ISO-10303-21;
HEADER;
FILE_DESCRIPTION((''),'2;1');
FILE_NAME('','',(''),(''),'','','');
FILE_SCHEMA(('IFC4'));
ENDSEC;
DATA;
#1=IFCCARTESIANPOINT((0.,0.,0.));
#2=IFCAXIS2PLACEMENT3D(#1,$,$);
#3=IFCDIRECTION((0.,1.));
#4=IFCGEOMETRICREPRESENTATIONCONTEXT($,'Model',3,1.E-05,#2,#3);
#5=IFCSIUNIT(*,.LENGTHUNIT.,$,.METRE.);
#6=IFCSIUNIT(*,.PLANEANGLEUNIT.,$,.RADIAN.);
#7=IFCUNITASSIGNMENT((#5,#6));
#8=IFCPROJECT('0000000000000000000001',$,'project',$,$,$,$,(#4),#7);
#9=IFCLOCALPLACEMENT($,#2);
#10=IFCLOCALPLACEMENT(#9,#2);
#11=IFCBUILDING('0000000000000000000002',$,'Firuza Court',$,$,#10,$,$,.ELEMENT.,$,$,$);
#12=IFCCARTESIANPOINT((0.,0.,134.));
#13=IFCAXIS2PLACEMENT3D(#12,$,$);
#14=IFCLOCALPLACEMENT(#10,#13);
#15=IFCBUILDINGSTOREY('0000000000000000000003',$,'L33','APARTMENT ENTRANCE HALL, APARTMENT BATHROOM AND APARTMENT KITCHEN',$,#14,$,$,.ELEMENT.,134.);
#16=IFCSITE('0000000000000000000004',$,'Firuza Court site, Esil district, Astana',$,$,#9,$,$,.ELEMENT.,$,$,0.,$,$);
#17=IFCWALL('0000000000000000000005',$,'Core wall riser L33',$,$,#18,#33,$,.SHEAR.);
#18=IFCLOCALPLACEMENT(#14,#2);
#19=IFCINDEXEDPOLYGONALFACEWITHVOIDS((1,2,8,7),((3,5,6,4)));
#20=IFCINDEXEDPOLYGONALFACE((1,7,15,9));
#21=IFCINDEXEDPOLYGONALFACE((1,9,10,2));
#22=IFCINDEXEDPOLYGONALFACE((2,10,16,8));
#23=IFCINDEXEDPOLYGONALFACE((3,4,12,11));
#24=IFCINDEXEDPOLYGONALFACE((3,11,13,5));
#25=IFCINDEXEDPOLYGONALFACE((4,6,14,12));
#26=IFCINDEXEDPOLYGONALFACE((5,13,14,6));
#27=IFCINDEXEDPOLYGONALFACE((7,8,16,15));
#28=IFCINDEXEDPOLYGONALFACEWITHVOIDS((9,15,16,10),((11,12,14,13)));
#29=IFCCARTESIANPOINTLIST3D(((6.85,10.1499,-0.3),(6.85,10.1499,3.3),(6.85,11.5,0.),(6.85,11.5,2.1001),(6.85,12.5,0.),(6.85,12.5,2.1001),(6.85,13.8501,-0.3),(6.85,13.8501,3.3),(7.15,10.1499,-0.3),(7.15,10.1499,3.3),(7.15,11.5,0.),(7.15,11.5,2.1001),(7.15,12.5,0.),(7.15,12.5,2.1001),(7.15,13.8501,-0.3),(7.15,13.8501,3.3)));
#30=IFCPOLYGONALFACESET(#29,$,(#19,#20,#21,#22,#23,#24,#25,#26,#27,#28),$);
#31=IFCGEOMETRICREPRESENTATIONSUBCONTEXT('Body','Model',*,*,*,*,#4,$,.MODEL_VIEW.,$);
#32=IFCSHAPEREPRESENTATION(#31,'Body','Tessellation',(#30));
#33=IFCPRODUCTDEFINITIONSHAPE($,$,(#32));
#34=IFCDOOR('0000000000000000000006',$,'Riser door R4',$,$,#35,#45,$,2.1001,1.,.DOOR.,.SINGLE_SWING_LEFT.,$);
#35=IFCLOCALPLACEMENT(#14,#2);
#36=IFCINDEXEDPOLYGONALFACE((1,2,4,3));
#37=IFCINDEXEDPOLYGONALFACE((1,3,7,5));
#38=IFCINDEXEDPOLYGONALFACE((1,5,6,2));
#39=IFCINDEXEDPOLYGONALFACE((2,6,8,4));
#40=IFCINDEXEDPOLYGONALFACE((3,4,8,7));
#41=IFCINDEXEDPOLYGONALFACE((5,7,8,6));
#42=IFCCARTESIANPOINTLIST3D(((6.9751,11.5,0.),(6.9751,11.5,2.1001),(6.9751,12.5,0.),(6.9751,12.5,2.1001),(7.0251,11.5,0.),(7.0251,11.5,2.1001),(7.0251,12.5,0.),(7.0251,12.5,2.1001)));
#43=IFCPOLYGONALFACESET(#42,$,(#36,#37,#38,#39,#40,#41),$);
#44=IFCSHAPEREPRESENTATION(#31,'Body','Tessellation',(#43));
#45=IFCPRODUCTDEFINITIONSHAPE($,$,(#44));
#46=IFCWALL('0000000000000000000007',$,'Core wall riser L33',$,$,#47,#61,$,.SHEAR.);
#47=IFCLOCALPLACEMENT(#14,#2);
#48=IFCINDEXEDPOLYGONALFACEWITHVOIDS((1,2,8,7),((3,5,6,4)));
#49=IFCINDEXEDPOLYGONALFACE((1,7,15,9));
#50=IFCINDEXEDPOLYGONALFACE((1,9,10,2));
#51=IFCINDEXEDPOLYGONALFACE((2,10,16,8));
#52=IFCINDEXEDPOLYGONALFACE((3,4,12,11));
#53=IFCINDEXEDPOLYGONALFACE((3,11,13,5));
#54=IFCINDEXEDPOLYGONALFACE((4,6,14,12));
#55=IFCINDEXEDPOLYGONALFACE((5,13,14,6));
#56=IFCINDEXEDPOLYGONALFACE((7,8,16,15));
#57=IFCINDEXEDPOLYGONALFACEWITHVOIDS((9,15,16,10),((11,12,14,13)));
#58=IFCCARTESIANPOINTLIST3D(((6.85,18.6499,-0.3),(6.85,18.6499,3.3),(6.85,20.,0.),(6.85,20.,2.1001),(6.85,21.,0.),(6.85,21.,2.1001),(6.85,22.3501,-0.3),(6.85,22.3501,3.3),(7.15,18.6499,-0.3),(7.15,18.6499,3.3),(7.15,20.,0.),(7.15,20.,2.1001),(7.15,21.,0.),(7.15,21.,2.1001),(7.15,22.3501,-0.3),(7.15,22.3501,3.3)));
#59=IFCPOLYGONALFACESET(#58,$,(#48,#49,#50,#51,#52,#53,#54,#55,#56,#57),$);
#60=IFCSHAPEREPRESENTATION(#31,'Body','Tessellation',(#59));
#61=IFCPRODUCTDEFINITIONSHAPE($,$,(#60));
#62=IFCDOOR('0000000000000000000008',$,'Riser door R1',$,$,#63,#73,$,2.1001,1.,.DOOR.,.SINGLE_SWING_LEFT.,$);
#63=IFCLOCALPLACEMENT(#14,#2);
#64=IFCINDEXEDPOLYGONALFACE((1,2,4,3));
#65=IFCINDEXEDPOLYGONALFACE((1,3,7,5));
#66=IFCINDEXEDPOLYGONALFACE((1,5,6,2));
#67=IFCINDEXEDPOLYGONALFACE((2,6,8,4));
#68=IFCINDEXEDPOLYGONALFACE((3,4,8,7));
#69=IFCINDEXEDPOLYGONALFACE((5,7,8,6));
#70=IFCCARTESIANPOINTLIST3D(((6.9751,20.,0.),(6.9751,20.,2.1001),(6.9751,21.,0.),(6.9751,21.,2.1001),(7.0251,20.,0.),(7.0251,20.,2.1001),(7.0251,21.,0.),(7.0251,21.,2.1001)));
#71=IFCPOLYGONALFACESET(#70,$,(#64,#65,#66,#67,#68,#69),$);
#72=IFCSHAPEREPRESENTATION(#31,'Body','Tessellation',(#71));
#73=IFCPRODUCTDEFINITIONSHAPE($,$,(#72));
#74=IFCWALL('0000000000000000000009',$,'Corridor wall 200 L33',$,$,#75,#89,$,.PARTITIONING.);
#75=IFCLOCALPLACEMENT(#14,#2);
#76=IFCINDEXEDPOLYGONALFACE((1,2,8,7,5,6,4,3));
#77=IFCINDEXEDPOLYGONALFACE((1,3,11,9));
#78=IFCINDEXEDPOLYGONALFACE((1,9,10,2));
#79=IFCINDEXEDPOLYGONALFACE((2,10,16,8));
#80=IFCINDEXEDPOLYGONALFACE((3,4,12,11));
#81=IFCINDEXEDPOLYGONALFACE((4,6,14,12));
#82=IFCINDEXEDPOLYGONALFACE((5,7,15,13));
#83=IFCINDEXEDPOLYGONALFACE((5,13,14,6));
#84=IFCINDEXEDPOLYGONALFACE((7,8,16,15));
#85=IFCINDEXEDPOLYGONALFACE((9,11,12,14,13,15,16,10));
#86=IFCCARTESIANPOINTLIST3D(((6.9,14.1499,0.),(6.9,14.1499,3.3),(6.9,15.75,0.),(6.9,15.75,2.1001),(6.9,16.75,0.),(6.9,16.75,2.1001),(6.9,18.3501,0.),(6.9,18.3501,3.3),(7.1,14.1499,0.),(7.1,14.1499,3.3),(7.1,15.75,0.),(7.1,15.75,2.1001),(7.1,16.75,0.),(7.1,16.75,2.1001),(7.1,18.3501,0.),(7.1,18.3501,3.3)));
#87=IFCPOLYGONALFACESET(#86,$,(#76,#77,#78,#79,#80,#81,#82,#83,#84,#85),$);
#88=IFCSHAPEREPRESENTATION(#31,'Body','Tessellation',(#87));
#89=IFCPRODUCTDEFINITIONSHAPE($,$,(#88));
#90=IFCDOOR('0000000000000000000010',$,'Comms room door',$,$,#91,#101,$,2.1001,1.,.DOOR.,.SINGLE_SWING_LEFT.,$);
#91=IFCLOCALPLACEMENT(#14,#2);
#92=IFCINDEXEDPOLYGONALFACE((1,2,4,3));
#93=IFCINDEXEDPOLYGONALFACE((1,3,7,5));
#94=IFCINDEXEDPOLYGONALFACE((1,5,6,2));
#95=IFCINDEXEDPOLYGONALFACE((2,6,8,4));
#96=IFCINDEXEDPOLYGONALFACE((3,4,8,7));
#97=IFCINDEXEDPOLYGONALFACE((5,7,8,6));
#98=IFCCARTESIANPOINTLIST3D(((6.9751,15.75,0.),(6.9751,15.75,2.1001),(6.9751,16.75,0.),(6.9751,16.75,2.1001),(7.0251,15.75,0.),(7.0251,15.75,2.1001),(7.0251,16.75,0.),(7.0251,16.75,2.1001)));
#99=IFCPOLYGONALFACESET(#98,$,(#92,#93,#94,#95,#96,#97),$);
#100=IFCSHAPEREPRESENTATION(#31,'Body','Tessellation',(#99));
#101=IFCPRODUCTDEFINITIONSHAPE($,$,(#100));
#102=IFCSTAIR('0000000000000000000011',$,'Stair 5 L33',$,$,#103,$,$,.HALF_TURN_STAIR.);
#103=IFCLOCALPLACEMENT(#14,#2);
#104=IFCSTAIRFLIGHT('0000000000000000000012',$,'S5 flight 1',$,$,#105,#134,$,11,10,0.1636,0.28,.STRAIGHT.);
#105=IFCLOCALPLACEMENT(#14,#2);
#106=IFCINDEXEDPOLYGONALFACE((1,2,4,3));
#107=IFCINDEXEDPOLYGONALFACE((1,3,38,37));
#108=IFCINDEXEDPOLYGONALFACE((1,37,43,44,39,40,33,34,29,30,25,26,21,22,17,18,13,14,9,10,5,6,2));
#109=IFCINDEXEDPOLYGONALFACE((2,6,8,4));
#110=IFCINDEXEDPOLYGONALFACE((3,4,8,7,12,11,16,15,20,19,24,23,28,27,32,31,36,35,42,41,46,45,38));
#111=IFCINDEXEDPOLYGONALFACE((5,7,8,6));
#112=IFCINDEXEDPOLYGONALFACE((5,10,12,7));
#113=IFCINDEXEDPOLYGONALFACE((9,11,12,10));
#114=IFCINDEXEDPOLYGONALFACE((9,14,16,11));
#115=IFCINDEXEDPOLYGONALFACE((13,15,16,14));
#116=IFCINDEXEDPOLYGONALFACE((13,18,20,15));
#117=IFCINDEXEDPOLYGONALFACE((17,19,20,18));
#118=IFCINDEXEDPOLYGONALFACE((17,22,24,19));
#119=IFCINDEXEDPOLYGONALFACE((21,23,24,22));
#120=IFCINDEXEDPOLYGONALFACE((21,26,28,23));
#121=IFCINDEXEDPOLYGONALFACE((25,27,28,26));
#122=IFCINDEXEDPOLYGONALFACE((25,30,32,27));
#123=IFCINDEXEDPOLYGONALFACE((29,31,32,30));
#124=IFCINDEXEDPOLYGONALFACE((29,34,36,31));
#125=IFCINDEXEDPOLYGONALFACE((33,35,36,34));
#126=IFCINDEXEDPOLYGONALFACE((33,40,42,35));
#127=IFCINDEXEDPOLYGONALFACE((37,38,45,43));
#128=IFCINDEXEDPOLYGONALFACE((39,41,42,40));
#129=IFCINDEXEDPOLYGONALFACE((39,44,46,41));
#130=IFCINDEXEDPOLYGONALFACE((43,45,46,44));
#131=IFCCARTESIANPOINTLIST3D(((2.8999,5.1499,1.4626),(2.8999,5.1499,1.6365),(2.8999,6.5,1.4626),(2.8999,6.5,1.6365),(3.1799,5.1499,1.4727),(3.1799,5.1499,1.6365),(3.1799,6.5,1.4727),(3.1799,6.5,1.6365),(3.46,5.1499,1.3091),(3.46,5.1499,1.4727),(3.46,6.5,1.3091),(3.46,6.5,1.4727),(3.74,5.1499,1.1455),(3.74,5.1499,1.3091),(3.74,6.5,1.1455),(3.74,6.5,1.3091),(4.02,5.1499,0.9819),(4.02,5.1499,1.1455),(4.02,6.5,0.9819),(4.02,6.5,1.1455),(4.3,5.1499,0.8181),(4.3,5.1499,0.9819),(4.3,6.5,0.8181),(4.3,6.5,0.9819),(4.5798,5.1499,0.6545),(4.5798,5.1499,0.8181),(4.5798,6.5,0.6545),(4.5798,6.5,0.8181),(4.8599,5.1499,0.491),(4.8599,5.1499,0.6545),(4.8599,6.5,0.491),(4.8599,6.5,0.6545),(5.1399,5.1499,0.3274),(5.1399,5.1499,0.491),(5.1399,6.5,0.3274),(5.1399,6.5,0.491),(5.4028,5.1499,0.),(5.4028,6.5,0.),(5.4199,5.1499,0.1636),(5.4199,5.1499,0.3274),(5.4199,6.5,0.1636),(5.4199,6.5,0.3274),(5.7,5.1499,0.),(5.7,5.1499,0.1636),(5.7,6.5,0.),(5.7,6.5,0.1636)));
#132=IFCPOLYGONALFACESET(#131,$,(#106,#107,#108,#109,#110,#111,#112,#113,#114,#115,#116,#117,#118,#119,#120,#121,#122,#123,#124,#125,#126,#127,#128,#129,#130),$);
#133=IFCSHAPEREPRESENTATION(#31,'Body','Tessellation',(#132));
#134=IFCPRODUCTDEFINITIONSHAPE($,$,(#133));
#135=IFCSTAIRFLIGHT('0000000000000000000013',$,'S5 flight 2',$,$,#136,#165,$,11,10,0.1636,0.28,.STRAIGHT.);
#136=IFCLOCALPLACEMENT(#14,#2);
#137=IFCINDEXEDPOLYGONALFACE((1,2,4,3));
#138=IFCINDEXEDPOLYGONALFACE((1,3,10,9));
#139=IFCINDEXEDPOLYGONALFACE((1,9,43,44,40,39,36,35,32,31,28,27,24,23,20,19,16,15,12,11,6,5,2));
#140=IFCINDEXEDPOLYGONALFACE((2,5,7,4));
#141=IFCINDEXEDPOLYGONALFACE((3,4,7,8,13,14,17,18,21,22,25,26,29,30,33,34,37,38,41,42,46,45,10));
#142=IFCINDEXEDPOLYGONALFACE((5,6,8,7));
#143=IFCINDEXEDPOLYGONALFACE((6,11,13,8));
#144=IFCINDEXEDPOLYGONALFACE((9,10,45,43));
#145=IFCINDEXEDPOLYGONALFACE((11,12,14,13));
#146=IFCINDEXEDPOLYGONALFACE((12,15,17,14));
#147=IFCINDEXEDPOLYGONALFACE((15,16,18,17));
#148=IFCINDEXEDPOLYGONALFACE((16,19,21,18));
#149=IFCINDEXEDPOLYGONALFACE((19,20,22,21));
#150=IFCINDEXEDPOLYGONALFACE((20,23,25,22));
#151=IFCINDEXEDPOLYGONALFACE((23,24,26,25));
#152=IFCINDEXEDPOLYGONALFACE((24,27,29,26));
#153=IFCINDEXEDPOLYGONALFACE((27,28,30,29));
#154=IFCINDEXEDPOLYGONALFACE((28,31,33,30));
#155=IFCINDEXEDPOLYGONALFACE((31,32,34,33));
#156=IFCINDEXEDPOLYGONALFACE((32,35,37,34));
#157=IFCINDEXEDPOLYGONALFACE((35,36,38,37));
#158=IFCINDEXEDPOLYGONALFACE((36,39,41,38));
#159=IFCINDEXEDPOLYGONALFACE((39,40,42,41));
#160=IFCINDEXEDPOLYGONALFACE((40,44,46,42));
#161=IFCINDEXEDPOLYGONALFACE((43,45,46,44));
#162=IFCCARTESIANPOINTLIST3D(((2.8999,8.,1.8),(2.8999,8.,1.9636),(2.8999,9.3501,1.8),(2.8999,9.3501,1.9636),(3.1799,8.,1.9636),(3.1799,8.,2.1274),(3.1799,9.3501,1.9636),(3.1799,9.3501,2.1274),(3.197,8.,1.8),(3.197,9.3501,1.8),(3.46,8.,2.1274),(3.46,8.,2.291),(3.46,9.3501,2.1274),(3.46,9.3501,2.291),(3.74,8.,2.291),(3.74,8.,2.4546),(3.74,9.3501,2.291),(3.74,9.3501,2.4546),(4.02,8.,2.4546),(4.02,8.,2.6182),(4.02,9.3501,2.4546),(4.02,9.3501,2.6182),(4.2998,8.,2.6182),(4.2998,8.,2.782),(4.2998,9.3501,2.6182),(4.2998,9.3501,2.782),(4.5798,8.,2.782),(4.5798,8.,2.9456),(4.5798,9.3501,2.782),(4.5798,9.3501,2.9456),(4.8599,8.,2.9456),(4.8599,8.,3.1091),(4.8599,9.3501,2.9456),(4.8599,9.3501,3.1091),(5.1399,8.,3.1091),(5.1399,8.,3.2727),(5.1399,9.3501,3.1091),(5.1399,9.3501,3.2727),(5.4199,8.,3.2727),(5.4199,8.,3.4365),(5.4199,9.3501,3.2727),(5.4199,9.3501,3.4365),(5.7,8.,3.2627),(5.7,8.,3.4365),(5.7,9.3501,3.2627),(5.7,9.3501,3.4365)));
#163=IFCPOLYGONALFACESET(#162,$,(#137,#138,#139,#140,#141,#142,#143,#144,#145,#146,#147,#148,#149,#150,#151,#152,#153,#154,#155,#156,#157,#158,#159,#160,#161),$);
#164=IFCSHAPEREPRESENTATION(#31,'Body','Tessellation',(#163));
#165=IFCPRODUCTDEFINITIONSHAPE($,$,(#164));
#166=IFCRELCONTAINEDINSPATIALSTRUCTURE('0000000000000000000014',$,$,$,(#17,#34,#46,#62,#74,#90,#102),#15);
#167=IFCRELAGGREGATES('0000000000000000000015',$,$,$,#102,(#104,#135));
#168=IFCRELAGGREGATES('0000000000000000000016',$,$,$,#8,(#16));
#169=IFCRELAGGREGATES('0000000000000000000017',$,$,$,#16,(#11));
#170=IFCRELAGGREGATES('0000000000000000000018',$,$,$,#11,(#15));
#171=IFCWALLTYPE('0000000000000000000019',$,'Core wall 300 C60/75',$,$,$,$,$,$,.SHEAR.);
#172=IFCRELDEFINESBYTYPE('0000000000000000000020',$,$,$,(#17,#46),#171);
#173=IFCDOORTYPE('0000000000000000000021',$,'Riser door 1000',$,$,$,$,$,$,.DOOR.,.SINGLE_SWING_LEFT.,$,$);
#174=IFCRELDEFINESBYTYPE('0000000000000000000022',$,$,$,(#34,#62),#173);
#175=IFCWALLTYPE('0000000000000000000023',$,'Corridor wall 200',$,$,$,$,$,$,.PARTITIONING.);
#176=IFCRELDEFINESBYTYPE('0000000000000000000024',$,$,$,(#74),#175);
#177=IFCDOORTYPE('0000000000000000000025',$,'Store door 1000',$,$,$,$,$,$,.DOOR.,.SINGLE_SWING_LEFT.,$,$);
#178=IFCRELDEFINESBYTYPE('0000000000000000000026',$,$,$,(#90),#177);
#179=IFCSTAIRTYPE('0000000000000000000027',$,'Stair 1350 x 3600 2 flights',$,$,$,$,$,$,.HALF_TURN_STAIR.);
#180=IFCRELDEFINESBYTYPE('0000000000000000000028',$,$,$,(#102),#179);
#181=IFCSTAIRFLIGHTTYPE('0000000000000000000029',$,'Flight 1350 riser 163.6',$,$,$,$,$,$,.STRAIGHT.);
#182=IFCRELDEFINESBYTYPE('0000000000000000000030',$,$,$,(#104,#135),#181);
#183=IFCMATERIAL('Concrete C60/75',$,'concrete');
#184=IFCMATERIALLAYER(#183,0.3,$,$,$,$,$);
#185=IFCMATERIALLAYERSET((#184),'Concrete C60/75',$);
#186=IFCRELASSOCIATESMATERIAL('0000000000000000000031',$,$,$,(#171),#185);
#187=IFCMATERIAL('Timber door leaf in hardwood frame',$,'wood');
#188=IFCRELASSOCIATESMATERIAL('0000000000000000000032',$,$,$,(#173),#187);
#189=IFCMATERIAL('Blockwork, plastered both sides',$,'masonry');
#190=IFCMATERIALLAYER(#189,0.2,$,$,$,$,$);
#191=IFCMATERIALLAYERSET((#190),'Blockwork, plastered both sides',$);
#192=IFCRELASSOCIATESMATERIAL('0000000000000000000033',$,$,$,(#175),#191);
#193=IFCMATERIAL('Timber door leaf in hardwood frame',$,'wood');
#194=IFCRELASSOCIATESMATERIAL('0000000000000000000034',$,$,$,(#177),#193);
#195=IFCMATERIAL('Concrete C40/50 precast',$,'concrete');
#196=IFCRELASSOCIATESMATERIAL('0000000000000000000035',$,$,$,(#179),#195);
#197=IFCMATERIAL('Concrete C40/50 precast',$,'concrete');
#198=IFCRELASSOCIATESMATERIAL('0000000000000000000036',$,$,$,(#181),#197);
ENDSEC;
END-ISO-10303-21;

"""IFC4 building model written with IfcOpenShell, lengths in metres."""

from ifc_helpers import new_model, si_unit, direction, frame, frame_2d, origin, place, context, subcontext, project, spatial, polyline, rectangle, outline, extrude, material, layer, layer_set, type_object, element, fill, aggregate, save


model = new_model("IFC4")

# Units and contexts
model_context = context("Model", 3, precision=1e-05, world=origin(), true_north=direction((0.0, 1.0)))
body_context = subcontext(model_context, "Body", "Model", "MODEL_VIEW")
ifc_project = project(units=[si_unit("LENGTHUNIT", "METRE"), si_unit("PLANEANGLEUNIT", "RADIAN")], contexts=[model_context])

# Site, building, storey
site_placement = place(None, origin())
site = spatial("IfcSite", under=ifc_project, at=site_placement, Name="Firuza Court site, Esil district, Astana", CompositionType="ELEMENT", RefElevation=0.0)
building_placement = place(site_placement, origin())
building = spatial("IfcBuilding", under=site, at=building_placement, Name="Firuza Court", CompositionType="ELEMENT")
storey_placement = place(building_placement, frame((0.0, 0.0, 134.0)))
storey = spatial("IfcBuildingStorey", under=building, at=storey_placement, Name="L33", Description="APARTMENT ENTRANCE HALL, APARTMENT BATHROOM AND APARTMENT KITCHEN", CompositionType="ELEMENT", Elevation=134.0)

# Shared definitions
ifc_material_1 = material(Name="Concrete C60/75", Category="concrete")
ifc_layer_1 = layer(ifc_material_1, 0.3)
ifc_layer_set_1 = layer_set([ifc_layer_1], Name="Concrete C60/75")
wall_type_1 = type_object("IfcWallType", Name="Core wall 300 C60/75", PredefinedType="SHEAR", material=ifc_layer_set_1)

# Walls, openings, doors
wall_1_placement = place(storey_placement, frame((7.0, 10.1499, -0.3), z_axis=(0.0, 0.0, 1.0), x_axis=(0.0, 1.0, 0.0)))
wall_1 = element("IfcWall", 1, at=wall_1_placement, inside=storey, type_object=wall_type_1, Name="Core wall riser L33", PredefinedType="SHEAR", context=body_context, shape_type="SweptSolid", body=[
    extrude(rectangle(XDim=3.7002, YDim=0.3, at=frame_2d((1.8501, 0.0))), origin(), (0.0, 0.0, 1.0), 3.6001),
])
opening_1_placement = place(wall_1_placement, frame((1.3501, 0.0, 0.3)))
opening_1 = element("IfcOpeningElement", 2, at=opening_1_placement, cuts=wall_1, PredefinedType="OPENING", context=body_context, shape_type="SweptSolid", body=[
    extrude(rectangle(XDim=1.0, YDim=2.1001, at=frame_2d((0.5, 1.05))), frame((0.0, 0.1621, 0.0), z_axis=(0.0, -1.0, 0.0), x_axis=(1.0, 0.0, 0.0)), (0.0, 0.0, 1.0), 0.324),
])
ifc_material_2 = material(Name="Timber door leaf in hardwood frame", Category="wood")
door_type_1 = type_object("IfcDoorType", Name="Riser door 1000", OperationType="SINGLE_SWING_LEFT", PredefinedType="DOOR", material=ifc_material_2)
door_1_placement = place(opening_1_placement, origin())
door_1 = element("IfcDoor", 3, at=door_1_placement, inside=storey, type_object=door_type_1, Name="Riser door R4", OperationType="SINGLE_SWING_LEFT", OverallHeight=2.1001, OverallWidth=1.0, PredefinedType="DOOR", context=body_context, shape_type="SweptSolid", body=[
    extrude(rectangle(XDim=1.0, YDim=2.1001, at=frame_2d((0.5, 1.05))), frame((0.0, 0.0249, 0.0), z_axis=(0.0, -1.0, 0.0), x_axis=(1.0, 0.0, 0.0)), (0.0, 0.0, 1.0), 0.05),
])
fill(opening_1, door_1)
wall_2_placement = place(storey_placement, frame((7.0, 18.6499, -0.3), z_axis=(0.0, 0.0, 1.0), x_axis=(0.0, 1.0, 0.0)))
wall_2 = element("IfcWall", 4, at=wall_2_placement, inside=storey, type_object=wall_type_1, Name="Core wall riser L33", PredefinedType="SHEAR", context=body_context, shape_type="SweptSolid", body=[
    extrude(rectangle(XDim=3.7002, YDim=0.3, at=frame_2d((1.8501, 0.0))), origin(), (0.0, 0.0, 1.0), 3.6001),
])
opening_2_placement = place(wall_2_placement, frame((1.3501, 0.0, 0.3)))
opening_2 = element("IfcOpeningElement", 5, at=opening_2_placement, cuts=wall_2, PredefinedType="OPENING", context=body_context, shape_type="SweptSolid", body=[
    extrude(rectangle(XDim=1.0, YDim=2.1001, at=frame_2d((0.5, 1.05))), frame((0.0, 0.1621, 0.0), z_axis=(0.0, -1.0, 0.0), x_axis=(1.0, 0.0, 0.0)), (0.0, 0.0, 1.0), 0.324),
])
door_2_placement = place(opening_2_placement, origin())
door_2 = element("IfcDoor", 6, at=door_2_placement, inside=storey, type_object=door_type_1, Name="Riser door R1", OperationType="SINGLE_SWING_LEFT", OverallHeight=2.1001, OverallWidth=1.0, PredefinedType="DOOR", context=body_context, shape_type="SweptSolid", body=[
    extrude(rectangle(XDim=1.0, YDim=2.1001, at=frame_2d((0.5, 1.05))), frame((0.0, 0.0249, 0.0), z_axis=(0.0, -1.0, 0.0), x_axis=(1.0, 0.0, 0.0)), (0.0, 0.0, 1.0), 0.05),
])
fill(opening_2, door_2)
ifc_material_3 = material(Name="Blockwork, plastered both sides", Category="masonry")
ifc_layer_2 = layer(ifc_material_3, 0.2)
ifc_layer_set_2 = layer_set([ifc_layer_2], Name="Blockwork, plastered both sides")
wall_type_2 = type_object("IfcWallType", Name="Corridor wall 200", PredefinedType="PARTITIONING", material=ifc_layer_set_2)
wall_3_placement = place(storey_placement, frame((7.0, 14.1499, 0.0), z_axis=(0.0, 0.0, 1.0), x_axis=(0.0, 1.0, 0.0)))
wall_3 = element("IfcWall", 7, at=wall_3_placement, inside=storey, type_object=wall_type_2, Name="Corridor wall 200 L33", PredefinedType="PARTITIONING", context=body_context, shape_type="SweptSolid", body=[
    extrude(rectangle(XDim=4.2002, YDim=0.2, at=frame_2d((2.1001, 0.0))), origin(), (0.0, 0.0, 1.0), 3.3),
])
opening_3_placement = place(wall_3_placement, frame((1.6001, 0.0, 0.0)))
opening_3 = element("IfcOpeningElement", 8, at=opening_3_placement, cuts=wall_3, PredefinedType="OPENING", context=body_context, shape_type="SweptSolid", body=[
    extrude(rectangle(XDim=1.0, YDim=2.1001, at=frame_2d((0.5, 1.05))), frame((0.0, 0.1118, 0.0), z_axis=(0.0, -1.0, 0.0), x_axis=(1.0, 0.0, 0.0)), (0.0, 0.0, 1.0), 0.2239),
])
ifc_material_4 = material(Name="Timber door leaf in hardwood frame", Category="wood")
door_type_2 = type_object("IfcDoorType", Name="Store door 1000", OperationType="SINGLE_SWING_LEFT", PredefinedType="DOOR", material=ifc_material_4)
door_3_placement = place(opening_3_placement, origin())
door_3 = element("IfcDoor", 9, at=door_3_placement, inside=storey, type_object=door_type_2, Name="Comms room door", OperationType="SINGLE_SWING_LEFT", OverallHeight=2.1001, OverallWidth=1.0, PredefinedType="DOOR", context=body_context, shape_type="SweptSolid", body=[
    extrude(rectangle(XDim=1.0, YDim=2.1001, at=frame_2d((0.5, 1.05))), frame((0.0, 0.0249, 0.0), z_axis=(0.0, -1.0, 0.0), x_axis=(1.0, 0.0, 0.0)), (0.0, 0.0, 1.0), 0.05),
])
fill(opening_3, door_3)

# Stair, stair flights
ifc_material_5 = material(Name="Concrete C40/50 precast", Category="concrete")
stair_type = type_object("IfcStairType", Name="Stair 1350 x 3600 2 flights", PredefinedType="HALF_TURN_STAIR", material=ifc_material_5)
stair_placement = place(storey_placement, origin())
stair = element("IfcStair", 10, at=stair_placement, inside=storey, type_object=stair_type, Name="Stair 5 L33", PredefinedType="HALF_TURN_STAIR")
ifc_material_6 = material(Name="Concrete C40/50 precast", Category="concrete")
stair_flight_type = type_object("IfcStairFlightType", Name="Flight 1350 riser 163.6", PredefinedType="STRAIGHT", material=ifc_material_6)
stair_flight_1_placement = place(storey_placement, frame((5.7, 5.825, 0.0), z_axis=(0.0, 0.0, 1.0), x_axis=(-1.0, 0.0, 0.0)))
stair_flight_1 = element("IfcStairFlight", 11, at=stair_flight_1_placement, type_object=stair_flight_type, Name="S5 flight 1", NumberOfRisers=11, NumberOfTreads=10, PredefinedType="STRAIGHT", RiserHeight=0.1636, TreadLength=0.28, context=body_context, shape_type="SweptSolid", body=[
    extrude(outline(polyline([(0.0, 0.0), (0.0, 0.1636), (0.28, 0.1636), (0.28, 0.3274), (0.5601, 0.3274), (0.5601, 0.491), (0.8401, 0.491), (0.8401, 0.6545), (1.1201, 0.6545), (1.1201, 0.8181), (1.3999, 0.8181), (1.3999, 0.9819), (1.6799, 0.9819), (1.6799, 1.1455), (1.96, 1.1455), (1.96, 1.3091), (2.24, 1.3091), (2.24, 1.4727), (2.52, 1.4727), (2.52, 1.6365), (2.8, 1.6365), (2.8, 1.8), (2.8, 1.4626), (0.2971, 0.0), (0.0, 0.0)])), frame((0.0, 0.675, 0.0), z_axis=(0.0, -1.0, 0.0), x_axis=(1.0, 0.0, 0.0)), (0.0, 0.0, 1.0), 1.3501),
])
stair_flight_2_placement = place(storey_placement, frame((2.8999, 8.675, 1.8), z_axis=(0.0, 0.0, 1.0), x_axis=(1.0, 0.0, 0.0)))
stair_flight_2 = element("IfcStairFlight", 12, at=stair_flight_2_placement, type_object=stair_flight_type, Name="S5 flight 2", NumberOfRisers=11, NumberOfTreads=10, PredefinedType="STRAIGHT", RiserHeight=0.1636, TreadLength=0.28, context=body_context, shape_type="SweptSolid", body=[
    extrude(outline(polyline([(0.0, 0.0), (0.0, 0.1636), (0.28, 0.1636), (0.28, 0.3274), (0.5601, 0.3274), (0.5601, 0.491), (0.8401, 0.491), (0.8401, 0.6545), (1.1201, 0.6545), (1.1201, 0.8181), (1.3999, 0.8181), (1.3999, 0.9819), (1.6799, 0.9819), (1.6799, 1.1455), (1.96, 1.1455), (1.96, 1.3091), (2.24, 1.3091), (2.24, 1.4727), (2.52, 1.4727), (2.52, 1.6365), (2.8, 1.6365), (2.8, 1.8), (2.8, 1.4626), (0.2971, 0.0), (0.0, 0.0)])), frame((0.0, 0.675, 0.0), z_axis=(0.0, -1.0, 0.0), x_axis=(1.0, 0.0, 0.0)), (0.0, 0.0, 1.0), 1.3501),
])
aggregate(stair, [stair_flight_1, stair_flight_2])

save(model, "model.ifc")
